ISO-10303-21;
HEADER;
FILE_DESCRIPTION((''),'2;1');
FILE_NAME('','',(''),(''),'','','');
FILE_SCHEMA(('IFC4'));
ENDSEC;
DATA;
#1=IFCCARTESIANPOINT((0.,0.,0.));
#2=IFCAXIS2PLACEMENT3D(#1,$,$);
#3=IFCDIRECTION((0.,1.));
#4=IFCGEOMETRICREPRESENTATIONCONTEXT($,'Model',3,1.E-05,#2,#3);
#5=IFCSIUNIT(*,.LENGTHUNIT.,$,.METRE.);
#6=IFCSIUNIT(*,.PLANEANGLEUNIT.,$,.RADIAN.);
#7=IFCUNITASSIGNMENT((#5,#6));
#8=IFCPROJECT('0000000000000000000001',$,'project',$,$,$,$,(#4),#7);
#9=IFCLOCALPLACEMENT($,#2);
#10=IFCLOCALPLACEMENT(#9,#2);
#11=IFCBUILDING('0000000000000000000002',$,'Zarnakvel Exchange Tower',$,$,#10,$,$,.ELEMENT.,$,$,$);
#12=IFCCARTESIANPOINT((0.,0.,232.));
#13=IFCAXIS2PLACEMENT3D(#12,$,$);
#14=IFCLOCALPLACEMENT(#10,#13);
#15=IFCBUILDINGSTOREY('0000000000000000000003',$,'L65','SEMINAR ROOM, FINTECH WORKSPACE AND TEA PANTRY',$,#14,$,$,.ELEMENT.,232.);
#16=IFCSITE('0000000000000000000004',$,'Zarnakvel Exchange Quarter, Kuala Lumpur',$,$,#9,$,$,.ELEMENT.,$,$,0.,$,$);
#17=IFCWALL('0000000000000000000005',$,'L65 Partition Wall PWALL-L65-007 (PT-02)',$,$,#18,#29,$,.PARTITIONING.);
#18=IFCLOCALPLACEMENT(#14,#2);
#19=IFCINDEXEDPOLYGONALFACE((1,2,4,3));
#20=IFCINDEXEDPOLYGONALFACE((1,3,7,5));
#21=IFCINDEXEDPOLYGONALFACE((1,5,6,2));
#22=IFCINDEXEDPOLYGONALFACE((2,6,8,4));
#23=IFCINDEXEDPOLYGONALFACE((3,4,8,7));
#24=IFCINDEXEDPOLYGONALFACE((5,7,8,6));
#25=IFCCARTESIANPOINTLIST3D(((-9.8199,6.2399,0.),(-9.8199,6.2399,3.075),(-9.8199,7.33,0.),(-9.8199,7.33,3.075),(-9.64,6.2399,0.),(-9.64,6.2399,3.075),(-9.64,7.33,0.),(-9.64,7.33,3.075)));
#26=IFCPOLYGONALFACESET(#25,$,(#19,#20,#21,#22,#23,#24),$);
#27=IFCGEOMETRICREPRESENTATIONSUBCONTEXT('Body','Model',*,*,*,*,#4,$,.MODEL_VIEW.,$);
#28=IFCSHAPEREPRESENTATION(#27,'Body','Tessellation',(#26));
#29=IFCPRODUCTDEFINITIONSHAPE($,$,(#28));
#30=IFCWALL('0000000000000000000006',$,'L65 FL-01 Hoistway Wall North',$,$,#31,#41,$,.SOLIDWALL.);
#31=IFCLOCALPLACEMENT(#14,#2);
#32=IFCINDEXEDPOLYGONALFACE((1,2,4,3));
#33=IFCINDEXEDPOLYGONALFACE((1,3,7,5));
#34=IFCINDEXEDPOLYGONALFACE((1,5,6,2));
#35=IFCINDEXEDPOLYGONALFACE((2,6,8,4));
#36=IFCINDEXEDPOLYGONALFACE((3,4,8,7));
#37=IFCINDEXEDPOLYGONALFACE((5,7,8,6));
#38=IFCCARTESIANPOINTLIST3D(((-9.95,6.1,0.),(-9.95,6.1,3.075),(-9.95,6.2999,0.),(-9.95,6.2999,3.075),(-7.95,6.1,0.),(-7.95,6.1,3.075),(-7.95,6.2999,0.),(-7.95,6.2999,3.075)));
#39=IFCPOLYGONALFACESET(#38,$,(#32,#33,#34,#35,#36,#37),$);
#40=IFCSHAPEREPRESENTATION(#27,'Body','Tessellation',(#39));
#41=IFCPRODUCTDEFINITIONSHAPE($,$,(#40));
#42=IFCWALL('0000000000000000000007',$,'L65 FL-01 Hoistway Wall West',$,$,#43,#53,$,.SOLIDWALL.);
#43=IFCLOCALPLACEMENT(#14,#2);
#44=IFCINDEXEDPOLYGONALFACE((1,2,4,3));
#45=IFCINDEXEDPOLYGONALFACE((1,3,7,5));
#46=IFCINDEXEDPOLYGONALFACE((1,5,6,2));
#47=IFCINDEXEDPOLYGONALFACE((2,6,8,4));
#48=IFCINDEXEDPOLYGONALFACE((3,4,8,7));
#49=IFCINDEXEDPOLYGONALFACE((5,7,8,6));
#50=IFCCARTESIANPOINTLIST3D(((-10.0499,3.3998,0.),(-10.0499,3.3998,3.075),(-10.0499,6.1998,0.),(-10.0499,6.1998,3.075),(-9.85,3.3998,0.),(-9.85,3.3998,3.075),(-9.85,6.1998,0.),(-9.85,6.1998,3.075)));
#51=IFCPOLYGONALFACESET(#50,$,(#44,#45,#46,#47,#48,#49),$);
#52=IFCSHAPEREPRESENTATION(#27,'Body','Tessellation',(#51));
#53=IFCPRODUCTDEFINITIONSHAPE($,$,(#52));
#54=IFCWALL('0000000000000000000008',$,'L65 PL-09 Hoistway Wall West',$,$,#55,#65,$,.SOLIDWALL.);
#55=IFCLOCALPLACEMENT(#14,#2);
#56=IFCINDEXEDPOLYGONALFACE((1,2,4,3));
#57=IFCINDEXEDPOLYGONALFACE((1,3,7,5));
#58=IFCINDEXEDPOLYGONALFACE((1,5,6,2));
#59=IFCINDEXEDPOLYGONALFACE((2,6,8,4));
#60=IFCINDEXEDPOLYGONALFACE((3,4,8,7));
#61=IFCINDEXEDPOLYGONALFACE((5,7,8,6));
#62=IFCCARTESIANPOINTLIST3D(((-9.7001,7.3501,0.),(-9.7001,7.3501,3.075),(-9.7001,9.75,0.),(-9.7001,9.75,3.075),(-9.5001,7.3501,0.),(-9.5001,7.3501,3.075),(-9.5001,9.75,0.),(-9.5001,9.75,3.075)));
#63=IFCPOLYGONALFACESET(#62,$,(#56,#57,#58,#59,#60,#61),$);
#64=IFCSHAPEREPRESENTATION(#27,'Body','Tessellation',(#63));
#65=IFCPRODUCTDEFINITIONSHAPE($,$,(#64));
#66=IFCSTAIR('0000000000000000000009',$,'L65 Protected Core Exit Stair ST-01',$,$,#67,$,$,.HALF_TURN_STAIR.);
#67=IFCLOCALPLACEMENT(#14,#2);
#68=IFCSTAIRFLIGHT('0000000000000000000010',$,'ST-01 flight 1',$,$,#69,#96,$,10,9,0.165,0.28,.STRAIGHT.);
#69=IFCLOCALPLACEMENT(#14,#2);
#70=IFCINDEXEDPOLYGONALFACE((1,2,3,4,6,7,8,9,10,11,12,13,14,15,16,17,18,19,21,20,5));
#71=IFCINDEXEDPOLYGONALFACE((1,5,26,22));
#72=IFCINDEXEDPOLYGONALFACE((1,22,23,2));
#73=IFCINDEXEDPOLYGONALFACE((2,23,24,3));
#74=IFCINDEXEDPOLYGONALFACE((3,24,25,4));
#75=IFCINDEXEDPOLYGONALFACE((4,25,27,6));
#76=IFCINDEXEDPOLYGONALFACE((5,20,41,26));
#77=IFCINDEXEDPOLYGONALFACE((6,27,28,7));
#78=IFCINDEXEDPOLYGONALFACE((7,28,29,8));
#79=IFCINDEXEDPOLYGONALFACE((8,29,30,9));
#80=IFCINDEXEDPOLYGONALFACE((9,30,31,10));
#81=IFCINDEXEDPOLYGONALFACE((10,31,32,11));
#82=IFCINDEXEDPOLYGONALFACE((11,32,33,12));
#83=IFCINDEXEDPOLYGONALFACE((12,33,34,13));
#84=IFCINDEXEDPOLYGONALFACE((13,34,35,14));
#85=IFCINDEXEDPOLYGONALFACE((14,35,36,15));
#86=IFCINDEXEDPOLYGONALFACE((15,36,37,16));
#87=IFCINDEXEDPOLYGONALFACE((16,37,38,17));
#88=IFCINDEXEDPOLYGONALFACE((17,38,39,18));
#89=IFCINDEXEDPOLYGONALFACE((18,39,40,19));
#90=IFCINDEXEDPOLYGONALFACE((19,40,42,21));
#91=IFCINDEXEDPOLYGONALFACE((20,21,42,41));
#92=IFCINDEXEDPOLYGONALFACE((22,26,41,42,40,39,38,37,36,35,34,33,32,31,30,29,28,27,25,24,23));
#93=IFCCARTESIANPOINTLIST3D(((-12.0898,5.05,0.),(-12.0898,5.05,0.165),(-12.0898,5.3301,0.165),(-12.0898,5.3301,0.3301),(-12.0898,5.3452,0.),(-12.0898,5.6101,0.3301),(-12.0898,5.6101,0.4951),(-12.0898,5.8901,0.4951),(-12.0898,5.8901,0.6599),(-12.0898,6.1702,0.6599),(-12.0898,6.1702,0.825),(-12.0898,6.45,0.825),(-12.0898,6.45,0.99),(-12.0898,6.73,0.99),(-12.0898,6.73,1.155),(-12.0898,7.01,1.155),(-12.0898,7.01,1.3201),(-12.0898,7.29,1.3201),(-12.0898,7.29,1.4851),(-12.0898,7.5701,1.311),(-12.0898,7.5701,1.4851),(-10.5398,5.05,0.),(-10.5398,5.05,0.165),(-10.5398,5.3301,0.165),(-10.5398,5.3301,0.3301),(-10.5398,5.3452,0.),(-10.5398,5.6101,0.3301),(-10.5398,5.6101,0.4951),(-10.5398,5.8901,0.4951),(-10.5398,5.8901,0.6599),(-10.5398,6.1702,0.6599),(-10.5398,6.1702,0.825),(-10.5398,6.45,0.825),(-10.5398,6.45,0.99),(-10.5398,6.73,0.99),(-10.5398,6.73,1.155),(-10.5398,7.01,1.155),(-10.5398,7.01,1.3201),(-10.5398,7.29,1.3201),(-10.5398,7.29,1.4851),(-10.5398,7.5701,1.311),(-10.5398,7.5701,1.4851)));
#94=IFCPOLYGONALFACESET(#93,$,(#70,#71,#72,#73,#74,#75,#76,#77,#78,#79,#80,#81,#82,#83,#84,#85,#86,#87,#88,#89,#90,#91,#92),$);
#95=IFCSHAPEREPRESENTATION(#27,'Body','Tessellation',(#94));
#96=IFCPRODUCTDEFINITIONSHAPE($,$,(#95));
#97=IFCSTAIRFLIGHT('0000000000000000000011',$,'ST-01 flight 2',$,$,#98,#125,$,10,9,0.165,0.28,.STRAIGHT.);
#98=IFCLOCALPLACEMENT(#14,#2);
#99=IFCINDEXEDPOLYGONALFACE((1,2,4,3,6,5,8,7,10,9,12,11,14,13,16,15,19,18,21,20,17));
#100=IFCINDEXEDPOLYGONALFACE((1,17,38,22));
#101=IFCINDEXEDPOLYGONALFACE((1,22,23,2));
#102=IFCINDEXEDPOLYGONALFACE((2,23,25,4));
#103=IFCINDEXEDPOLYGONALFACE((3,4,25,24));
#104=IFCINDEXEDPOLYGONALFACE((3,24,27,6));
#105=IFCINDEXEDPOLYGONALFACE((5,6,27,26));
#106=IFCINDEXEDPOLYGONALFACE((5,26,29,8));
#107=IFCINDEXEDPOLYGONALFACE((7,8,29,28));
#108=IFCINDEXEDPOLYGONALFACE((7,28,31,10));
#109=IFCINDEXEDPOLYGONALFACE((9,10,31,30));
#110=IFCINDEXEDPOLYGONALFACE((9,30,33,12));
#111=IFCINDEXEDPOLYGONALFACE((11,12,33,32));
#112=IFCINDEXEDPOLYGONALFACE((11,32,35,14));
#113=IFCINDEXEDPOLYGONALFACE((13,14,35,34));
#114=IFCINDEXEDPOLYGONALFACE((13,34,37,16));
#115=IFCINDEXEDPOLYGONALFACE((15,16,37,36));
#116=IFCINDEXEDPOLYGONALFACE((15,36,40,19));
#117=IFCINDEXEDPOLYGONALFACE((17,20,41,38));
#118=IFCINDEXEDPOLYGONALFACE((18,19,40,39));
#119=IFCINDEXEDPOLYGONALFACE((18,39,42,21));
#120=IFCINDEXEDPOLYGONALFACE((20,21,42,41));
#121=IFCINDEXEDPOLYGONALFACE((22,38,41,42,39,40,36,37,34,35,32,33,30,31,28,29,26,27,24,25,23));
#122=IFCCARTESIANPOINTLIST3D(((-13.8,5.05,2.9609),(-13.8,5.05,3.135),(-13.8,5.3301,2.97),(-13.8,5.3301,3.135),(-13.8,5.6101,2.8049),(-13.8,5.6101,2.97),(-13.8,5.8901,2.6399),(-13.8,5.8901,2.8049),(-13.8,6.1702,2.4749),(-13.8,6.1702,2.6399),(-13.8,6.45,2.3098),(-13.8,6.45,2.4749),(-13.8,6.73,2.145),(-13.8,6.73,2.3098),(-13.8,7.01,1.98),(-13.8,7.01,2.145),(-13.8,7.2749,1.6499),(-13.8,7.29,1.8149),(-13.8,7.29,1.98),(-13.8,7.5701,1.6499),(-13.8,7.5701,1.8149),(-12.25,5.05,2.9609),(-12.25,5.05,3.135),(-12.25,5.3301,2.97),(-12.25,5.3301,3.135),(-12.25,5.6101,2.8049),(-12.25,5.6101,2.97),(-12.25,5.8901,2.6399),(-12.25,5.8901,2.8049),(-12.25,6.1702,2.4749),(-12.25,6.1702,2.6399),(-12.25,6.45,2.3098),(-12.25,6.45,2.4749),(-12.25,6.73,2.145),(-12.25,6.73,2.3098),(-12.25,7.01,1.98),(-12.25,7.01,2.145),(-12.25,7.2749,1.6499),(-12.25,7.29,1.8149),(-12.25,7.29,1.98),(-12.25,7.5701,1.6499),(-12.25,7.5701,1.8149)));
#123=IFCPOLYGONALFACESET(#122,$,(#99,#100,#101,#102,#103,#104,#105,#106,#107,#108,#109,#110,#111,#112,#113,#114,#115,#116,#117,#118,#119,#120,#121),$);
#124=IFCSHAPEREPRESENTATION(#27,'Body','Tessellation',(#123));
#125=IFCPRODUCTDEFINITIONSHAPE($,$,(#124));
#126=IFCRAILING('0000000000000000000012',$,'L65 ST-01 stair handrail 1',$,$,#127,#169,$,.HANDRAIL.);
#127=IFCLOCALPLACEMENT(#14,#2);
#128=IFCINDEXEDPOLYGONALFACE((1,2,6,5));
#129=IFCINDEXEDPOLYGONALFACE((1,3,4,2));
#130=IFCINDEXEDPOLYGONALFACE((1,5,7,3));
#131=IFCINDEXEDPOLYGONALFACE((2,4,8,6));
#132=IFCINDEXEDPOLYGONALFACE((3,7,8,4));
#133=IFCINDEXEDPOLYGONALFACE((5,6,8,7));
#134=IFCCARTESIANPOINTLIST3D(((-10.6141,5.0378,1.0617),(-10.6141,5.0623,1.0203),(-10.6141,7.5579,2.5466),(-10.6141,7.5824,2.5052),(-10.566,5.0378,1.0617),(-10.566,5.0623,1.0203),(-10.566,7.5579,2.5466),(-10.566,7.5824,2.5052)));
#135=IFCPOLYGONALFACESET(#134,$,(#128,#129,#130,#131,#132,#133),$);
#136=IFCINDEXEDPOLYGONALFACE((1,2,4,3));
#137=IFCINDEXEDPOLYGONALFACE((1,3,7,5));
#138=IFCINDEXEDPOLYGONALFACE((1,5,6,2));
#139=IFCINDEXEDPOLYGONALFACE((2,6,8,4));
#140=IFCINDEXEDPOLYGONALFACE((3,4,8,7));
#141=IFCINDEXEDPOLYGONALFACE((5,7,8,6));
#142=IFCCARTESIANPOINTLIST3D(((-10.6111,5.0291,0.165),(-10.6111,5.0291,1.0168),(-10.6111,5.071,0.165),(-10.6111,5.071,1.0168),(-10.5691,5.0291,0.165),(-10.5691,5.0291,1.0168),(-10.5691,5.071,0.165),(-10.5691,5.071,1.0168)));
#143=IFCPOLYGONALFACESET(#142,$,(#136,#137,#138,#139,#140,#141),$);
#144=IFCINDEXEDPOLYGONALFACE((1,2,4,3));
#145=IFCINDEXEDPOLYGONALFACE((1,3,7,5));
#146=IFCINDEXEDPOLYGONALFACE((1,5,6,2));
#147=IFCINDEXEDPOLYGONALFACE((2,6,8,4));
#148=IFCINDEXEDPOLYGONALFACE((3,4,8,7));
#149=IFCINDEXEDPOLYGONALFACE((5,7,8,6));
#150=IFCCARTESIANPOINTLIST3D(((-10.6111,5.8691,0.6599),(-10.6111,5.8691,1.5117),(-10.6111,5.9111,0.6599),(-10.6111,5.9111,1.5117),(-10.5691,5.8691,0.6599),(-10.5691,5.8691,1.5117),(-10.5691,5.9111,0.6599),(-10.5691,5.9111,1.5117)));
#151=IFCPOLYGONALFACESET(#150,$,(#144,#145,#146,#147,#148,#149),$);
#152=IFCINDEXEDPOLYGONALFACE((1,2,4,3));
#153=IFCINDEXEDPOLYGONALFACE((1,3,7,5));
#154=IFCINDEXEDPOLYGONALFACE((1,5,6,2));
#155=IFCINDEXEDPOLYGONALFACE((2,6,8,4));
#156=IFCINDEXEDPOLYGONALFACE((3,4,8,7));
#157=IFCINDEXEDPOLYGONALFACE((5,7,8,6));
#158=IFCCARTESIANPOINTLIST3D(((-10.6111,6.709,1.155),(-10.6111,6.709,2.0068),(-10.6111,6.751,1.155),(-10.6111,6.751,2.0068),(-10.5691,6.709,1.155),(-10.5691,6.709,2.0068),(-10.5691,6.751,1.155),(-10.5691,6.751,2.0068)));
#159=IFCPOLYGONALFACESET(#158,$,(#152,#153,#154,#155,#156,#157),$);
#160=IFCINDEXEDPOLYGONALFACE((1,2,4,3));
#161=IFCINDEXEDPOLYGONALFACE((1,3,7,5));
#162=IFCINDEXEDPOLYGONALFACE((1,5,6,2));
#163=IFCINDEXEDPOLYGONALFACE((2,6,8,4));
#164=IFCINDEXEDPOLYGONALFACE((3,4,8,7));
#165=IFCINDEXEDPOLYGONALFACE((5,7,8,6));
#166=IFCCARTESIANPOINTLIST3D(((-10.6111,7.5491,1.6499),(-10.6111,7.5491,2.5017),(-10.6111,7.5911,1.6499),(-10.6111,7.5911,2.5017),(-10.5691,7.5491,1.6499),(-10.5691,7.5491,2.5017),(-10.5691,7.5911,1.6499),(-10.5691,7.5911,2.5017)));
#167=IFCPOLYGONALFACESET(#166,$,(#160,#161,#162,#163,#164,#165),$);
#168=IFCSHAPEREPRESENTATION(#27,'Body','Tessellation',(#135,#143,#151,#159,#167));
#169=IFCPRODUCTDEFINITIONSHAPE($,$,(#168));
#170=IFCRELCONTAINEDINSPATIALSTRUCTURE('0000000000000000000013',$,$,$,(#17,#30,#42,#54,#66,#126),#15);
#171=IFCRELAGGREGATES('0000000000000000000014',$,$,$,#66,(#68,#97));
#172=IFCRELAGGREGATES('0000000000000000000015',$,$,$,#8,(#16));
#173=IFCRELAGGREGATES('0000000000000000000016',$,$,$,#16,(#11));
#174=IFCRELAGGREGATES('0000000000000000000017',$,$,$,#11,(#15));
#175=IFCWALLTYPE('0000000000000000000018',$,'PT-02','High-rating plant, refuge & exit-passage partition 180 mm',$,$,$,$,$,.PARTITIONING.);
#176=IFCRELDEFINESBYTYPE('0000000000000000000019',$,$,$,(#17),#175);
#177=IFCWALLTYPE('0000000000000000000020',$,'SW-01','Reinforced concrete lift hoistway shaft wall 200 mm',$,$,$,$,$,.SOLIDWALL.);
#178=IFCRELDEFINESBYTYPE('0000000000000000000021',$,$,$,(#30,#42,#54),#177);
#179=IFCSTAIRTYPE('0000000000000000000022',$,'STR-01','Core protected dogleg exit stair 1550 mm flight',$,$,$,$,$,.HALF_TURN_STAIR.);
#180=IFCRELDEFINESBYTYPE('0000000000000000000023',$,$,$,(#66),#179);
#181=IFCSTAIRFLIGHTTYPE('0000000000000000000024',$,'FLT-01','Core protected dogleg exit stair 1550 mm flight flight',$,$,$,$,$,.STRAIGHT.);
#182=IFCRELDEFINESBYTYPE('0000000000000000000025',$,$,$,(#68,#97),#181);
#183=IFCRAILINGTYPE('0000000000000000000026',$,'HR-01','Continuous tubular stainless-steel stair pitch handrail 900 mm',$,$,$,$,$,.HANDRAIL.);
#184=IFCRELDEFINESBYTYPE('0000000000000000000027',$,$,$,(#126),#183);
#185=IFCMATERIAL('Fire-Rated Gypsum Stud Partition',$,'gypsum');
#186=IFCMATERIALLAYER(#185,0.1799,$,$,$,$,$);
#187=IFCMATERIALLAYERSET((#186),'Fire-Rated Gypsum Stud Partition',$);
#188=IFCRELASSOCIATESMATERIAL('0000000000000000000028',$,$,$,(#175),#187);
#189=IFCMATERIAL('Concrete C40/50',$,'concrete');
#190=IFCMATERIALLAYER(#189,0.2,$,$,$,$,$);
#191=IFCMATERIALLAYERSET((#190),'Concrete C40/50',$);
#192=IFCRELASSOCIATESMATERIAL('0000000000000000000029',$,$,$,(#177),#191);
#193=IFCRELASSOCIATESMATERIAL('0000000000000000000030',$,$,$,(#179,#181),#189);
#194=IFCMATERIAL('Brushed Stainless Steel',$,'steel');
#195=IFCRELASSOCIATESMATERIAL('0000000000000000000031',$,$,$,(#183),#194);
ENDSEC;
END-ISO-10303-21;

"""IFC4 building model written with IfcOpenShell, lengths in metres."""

from ifc_helpers import new_model, si_unit, direction, frame, frame_2d, origin, origin_2d, place, context, subcontext, project, spatial, polyline, rectangle, outline, extrude, material, layer, layer_set, type_object, element, aggregate, save


model = new_model("IFC4")

# Units and contexts
model_context = context("Model", 3, precision=1e-05, world=origin(), true_north=direction((0.0, 1.0)))
body_context = subcontext(model_context, "Body", "Model", "MODEL_VIEW")
ifc_project = project(units=[si_unit("LENGTHUNIT", "METRE"), si_unit("PLANEANGLEUNIT", "RADIAN")], contexts=[model_context])

# Site, building, storey
site_placement = place(None, origin())
site = spatial("IfcSite", under=ifc_project, at=site_placement, Name="Zarnakvel Exchange Quarter, Kuala Lumpur", CompositionType="ELEMENT", RefElevation=0.0)
building_placement = place(site_placement, origin())
building = spatial("IfcBuilding", under=site, at=building_placement, Name="Zarnakvel Exchange Tower", CompositionType="ELEMENT")
storey_placement = place(building_placement, frame((0.0, 0.0, 232.0)))
storey = spatial("IfcBuildingStorey", under=building, at=storey_placement, Name="L65", Description="SEMINAR ROOM, FINTECH WORKSPACE AND TEA PANTRY", CompositionType="ELEMENT", Elevation=232.0)

# Walls
ifc_material_1 = material(Name="Fire-Rated Gypsum Stud Partition", Category="gypsum")
ifc_layer_1 = layer(ifc_material_1, 0.1799)
ifc_layer_set_1 = layer_set([ifc_layer_1], Name="Fire-Rated Gypsum Stud Partition")
wall_type_1 = type_object("IfcWallType", Name="PT-02", Description="High-rating plant, refuge & exit-passage partition 180 mm", PredefinedType="PARTITIONING", material=ifc_layer_set_1)
wall_1_placement = place(storey_placement, frame((-9.73, 6.24, 0.0), z_axis=(0.0, 0.0, 1.0), x_axis=(0.0, 1.0, 0.0)))
element("IfcWall", 1, at=wall_1_placement, inside=storey, type_object=wall_type_1, Name="L65 Partition Wall PWALL-L65-007 (PT-02)", PredefinedType="PARTITIONING", context=body_context, shape_type="SweptSolid", body=[
    extrude(rectangle(XDim=1.0901, YDim=0.1799, at=frame_2d((0.5449, 0.0))), origin(), (0.0, 0.0, 1.0), 3.075),
])
ifc_material_2 = material(Name="Concrete C40/50", Category="concrete")
ifc_layer_2 = layer(ifc_material_2, 0.2)
ifc_layer_set_2 = layer_set([ifc_layer_2], Name="Concrete C40/50")
wall_type_2 = type_object("IfcWallType", Name="SW-01", Description="Reinforced concrete lift hoistway shaft wall 200 mm", PredefinedType="SOLIDWALL", material=ifc_layer_set_2)
wall_2_placement = place(storey_placement, frame((-9.95, 6.2, 0.0), z_axis=(0.0, 0.0, 1.0), x_axis=(1.0, 0.0, 0.0)))
element("IfcWall", 2, at=wall_2_placement, inside=storey, type_object=wall_type_2, Name="L65 FL-01 Hoistway Wall North", PredefinedType="SOLIDWALL", context=body_context, shape_type="SweptSolid", body=[
    extrude(rectangle(XDim=2.0, YDim=0.2, at=frame_2d((1.0, 0.0))), origin(), (0.0, 0.0, 1.0), 3.075),
])
wall_3_placement = place(storey_placement, frame((-9.95, 3.3999, 0.0), z_axis=(0.0, 0.0, 1.0), x_axis=(0.0, 1.0, 0.0)))
element("IfcWall", 3, at=wall_3_placement, inside=storey, type_object=wall_type_2, Name="L65 FL-01 Hoistway Wall West", PredefinedType="SOLIDWALL", context=body_context, shape_type="SweptSolid", body=[
    extrude(rectangle(XDim=2.8, YDim=0.2, at=frame_2d((1.3999, 0.0))), origin(), (0.0, 0.0, 1.0), 3.075),
])
wall_4_placement = place(storey_placement, frame((-9.6001, 7.3501, 0.0), z_axis=(0.0, 0.0, 1.0), x_axis=(0.0, 1.0, 0.0)))
element("IfcWall", 4, at=wall_4_placement, inside=storey, type_object=wall_type_2, Name="L65 PL-09 Hoistway Wall West", PredefinedType="SOLIDWALL", context=body_context, shape_type="SweptSolid", body=[
    extrude(rectangle(XDim=2.3999, YDim=0.2, at=frame_2d((1.2, 0.0))), origin(), (0.0, 0.0, 1.0), 3.075),
])

# Stair, stair flights
stair_type = type_object("IfcStairType", Name="STR-01", Description="Core protected dogleg exit stair 1550 mm flight", PredefinedType="HALF_TURN_STAIR", material=ifc_material_2)
stair_placement = place(storey_placement, origin())
stair = element("IfcStair", 5, at=stair_placement, inside=storey, type_object=stair_type, Name="L65 Protected Core Exit Stair ST-01", PredefinedType="HALF_TURN_STAIR")
stair_flight_type = type_object("IfcStairFlightType", Name="FLT-01", Description="Core protected dogleg exit stair 1550 mm flight flight", PredefinedType="STRAIGHT", material=ifc_material_2)
stair_flight_1_placement = place(storey_placement, frame((-11.3149, 5.05, 0.0), z_axis=(0.0, 0.0, 1.0), x_axis=(0.0, 1.0, 0.0)))
stair_flight_1 = element("IfcStairFlight", 6, at=stair_flight_1_placement, type_object=stair_flight_type, Name="ST-01 flight 1", NumberOfRisers=10, NumberOfTreads=9, PredefinedType="STRAIGHT", RiserHeight=0.165, TreadLength=0.28, context=body_context, shape_type="SweptSolid", body=[
    extrude(outline(polyline([(0.0, 0.0), (0.0, 0.165), (0.28, 0.165), (0.28, 0.3301), (0.5601, 0.3301), (0.5601, 0.4951), (0.8401, 0.4951), (0.8401, 0.6599), (1.1201, 0.6599), (1.1201, 0.825), (1.3999, 0.825), (1.3999, 0.99), (1.6799, 0.99), (1.6799, 1.155), (1.96, 1.155), (1.96, 1.3201), (2.24, 1.3201), (2.24, 1.4851), (2.52, 1.4851), (2.52, 1.6499), (2.52, 1.311), (0.2952, 0.0), (0.0, 0.0)])), frame((0.0, 0.7749, 0.0), z_axis=(0.0, -1.0, 0.0), x_axis=(1.0, 0.0, 0.0)), (0.0, 0.0, 1.0), 1.55),
])
stair_flight_2_placement = place(storey_placement, frame((-13.0249, 7.5701, 1.6499), z_axis=(0.0, 0.0, 1.0), x_axis=(0.0, -1.0, 0.0)))
stair_flight_2 = element("IfcStairFlight", 7, at=stair_flight_2_placement, type_object=stair_flight_type, Name="ST-01 flight 2", NumberOfRisers=10, NumberOfTreads=9, PredefinedType="STRAIGHT", RiserHeight=0.165, TreadLength=0.28, context=body_context, shape_type="SweptSolid", body=[
    extrude(outline(polyline([(0.0, 0.0), (0.0, 0.165), (0.28, 0.165), (0.28, 0.3301), (0.5601, 0.3301), (0.5601, 0.4951), (0.8401, 0.4951), (0.8401, 0.6599), (1.1201, 0.6599), (1.1201, 0.825), (1.3999, 0.825), (1.3999, 0.99), (1.6799, 0.99), (1.6799, 1.155), (1.96, 1.155), (1.96, 1.3201), (2.24, 1.3201), (2.24, 1.4851), (2.52, 1.4851), (2.52, 1.6499), (2.52, 1.311), (0.2952, 0.0), (0.0, 0.0)])), frame((0.0, 0.7749, 0.0), z_axis=(0.0, -1.0, 0.0), x_axis=(1.0, 0.0, 0.0)), (0.0, 0.0, 1.0), 1.55),
])
aggregate(stair, [stair_flight_1, stair_flight_2])

# Railing
ifc_material_3 = material(Name="Brushed Stainless Steel", Category="steel")
railing_type_1 = type_object("IfcRailingType", Name="HR-01", Description="Continuous tubular stainless-steel stair pitch handrail 900 mm", PredefinedType="HANDRAIL", material=ifc_material_3)
railing_1_placement = place(storey_placement, frame((-10.5901, 5.05, 0.165)))
element("IfcRailing", 8, at=railing_1_placement, inside=storey, type_object=railing_type_1, Name="L65 ST-01 stair handrail 1", PredefinedType="HANDRAIL", context=body_context, shape_type="SweptSolid", body=[
    extrude(rectangle(XDim=0.0481, YDim=0.0481, at=origin_2d()), frame((0.0, 0.0, 0.876), z_axis=(0.0, 0.861561, 0.507655), x_axis=(-1.0, 0.0, 0.0)), (0.0, 0.0, 1.0), 2.925),
    extrude(rectangle(XDim=0.042, YDim=0.042, at=origin_2d()), origin(), (0.0, 0.0, 1.0), 0.8518),
    extrude(rectangle(XDim=0.042, YDim=0.042, at=origin_2d()), frame((0.0, 0.8401, 0.4949)), (0.0, 0.0, 1.0), 0.8518),
    extrude(rectangle(XDim=0.042, YDim=0.042, at=origin_2d()), frame((0.0, 1.6799, 0.99)), (0.0, 0.0, 1.0), 0.8518),
    extrude(rectangle(XDim=0.042, YDim=0.042, at=origin_2d()), frame((0.0, 2.52, 1.4849)), (0.0, 0.0, 1.0), 0.8518),
])

save(model, "model.ifc")
